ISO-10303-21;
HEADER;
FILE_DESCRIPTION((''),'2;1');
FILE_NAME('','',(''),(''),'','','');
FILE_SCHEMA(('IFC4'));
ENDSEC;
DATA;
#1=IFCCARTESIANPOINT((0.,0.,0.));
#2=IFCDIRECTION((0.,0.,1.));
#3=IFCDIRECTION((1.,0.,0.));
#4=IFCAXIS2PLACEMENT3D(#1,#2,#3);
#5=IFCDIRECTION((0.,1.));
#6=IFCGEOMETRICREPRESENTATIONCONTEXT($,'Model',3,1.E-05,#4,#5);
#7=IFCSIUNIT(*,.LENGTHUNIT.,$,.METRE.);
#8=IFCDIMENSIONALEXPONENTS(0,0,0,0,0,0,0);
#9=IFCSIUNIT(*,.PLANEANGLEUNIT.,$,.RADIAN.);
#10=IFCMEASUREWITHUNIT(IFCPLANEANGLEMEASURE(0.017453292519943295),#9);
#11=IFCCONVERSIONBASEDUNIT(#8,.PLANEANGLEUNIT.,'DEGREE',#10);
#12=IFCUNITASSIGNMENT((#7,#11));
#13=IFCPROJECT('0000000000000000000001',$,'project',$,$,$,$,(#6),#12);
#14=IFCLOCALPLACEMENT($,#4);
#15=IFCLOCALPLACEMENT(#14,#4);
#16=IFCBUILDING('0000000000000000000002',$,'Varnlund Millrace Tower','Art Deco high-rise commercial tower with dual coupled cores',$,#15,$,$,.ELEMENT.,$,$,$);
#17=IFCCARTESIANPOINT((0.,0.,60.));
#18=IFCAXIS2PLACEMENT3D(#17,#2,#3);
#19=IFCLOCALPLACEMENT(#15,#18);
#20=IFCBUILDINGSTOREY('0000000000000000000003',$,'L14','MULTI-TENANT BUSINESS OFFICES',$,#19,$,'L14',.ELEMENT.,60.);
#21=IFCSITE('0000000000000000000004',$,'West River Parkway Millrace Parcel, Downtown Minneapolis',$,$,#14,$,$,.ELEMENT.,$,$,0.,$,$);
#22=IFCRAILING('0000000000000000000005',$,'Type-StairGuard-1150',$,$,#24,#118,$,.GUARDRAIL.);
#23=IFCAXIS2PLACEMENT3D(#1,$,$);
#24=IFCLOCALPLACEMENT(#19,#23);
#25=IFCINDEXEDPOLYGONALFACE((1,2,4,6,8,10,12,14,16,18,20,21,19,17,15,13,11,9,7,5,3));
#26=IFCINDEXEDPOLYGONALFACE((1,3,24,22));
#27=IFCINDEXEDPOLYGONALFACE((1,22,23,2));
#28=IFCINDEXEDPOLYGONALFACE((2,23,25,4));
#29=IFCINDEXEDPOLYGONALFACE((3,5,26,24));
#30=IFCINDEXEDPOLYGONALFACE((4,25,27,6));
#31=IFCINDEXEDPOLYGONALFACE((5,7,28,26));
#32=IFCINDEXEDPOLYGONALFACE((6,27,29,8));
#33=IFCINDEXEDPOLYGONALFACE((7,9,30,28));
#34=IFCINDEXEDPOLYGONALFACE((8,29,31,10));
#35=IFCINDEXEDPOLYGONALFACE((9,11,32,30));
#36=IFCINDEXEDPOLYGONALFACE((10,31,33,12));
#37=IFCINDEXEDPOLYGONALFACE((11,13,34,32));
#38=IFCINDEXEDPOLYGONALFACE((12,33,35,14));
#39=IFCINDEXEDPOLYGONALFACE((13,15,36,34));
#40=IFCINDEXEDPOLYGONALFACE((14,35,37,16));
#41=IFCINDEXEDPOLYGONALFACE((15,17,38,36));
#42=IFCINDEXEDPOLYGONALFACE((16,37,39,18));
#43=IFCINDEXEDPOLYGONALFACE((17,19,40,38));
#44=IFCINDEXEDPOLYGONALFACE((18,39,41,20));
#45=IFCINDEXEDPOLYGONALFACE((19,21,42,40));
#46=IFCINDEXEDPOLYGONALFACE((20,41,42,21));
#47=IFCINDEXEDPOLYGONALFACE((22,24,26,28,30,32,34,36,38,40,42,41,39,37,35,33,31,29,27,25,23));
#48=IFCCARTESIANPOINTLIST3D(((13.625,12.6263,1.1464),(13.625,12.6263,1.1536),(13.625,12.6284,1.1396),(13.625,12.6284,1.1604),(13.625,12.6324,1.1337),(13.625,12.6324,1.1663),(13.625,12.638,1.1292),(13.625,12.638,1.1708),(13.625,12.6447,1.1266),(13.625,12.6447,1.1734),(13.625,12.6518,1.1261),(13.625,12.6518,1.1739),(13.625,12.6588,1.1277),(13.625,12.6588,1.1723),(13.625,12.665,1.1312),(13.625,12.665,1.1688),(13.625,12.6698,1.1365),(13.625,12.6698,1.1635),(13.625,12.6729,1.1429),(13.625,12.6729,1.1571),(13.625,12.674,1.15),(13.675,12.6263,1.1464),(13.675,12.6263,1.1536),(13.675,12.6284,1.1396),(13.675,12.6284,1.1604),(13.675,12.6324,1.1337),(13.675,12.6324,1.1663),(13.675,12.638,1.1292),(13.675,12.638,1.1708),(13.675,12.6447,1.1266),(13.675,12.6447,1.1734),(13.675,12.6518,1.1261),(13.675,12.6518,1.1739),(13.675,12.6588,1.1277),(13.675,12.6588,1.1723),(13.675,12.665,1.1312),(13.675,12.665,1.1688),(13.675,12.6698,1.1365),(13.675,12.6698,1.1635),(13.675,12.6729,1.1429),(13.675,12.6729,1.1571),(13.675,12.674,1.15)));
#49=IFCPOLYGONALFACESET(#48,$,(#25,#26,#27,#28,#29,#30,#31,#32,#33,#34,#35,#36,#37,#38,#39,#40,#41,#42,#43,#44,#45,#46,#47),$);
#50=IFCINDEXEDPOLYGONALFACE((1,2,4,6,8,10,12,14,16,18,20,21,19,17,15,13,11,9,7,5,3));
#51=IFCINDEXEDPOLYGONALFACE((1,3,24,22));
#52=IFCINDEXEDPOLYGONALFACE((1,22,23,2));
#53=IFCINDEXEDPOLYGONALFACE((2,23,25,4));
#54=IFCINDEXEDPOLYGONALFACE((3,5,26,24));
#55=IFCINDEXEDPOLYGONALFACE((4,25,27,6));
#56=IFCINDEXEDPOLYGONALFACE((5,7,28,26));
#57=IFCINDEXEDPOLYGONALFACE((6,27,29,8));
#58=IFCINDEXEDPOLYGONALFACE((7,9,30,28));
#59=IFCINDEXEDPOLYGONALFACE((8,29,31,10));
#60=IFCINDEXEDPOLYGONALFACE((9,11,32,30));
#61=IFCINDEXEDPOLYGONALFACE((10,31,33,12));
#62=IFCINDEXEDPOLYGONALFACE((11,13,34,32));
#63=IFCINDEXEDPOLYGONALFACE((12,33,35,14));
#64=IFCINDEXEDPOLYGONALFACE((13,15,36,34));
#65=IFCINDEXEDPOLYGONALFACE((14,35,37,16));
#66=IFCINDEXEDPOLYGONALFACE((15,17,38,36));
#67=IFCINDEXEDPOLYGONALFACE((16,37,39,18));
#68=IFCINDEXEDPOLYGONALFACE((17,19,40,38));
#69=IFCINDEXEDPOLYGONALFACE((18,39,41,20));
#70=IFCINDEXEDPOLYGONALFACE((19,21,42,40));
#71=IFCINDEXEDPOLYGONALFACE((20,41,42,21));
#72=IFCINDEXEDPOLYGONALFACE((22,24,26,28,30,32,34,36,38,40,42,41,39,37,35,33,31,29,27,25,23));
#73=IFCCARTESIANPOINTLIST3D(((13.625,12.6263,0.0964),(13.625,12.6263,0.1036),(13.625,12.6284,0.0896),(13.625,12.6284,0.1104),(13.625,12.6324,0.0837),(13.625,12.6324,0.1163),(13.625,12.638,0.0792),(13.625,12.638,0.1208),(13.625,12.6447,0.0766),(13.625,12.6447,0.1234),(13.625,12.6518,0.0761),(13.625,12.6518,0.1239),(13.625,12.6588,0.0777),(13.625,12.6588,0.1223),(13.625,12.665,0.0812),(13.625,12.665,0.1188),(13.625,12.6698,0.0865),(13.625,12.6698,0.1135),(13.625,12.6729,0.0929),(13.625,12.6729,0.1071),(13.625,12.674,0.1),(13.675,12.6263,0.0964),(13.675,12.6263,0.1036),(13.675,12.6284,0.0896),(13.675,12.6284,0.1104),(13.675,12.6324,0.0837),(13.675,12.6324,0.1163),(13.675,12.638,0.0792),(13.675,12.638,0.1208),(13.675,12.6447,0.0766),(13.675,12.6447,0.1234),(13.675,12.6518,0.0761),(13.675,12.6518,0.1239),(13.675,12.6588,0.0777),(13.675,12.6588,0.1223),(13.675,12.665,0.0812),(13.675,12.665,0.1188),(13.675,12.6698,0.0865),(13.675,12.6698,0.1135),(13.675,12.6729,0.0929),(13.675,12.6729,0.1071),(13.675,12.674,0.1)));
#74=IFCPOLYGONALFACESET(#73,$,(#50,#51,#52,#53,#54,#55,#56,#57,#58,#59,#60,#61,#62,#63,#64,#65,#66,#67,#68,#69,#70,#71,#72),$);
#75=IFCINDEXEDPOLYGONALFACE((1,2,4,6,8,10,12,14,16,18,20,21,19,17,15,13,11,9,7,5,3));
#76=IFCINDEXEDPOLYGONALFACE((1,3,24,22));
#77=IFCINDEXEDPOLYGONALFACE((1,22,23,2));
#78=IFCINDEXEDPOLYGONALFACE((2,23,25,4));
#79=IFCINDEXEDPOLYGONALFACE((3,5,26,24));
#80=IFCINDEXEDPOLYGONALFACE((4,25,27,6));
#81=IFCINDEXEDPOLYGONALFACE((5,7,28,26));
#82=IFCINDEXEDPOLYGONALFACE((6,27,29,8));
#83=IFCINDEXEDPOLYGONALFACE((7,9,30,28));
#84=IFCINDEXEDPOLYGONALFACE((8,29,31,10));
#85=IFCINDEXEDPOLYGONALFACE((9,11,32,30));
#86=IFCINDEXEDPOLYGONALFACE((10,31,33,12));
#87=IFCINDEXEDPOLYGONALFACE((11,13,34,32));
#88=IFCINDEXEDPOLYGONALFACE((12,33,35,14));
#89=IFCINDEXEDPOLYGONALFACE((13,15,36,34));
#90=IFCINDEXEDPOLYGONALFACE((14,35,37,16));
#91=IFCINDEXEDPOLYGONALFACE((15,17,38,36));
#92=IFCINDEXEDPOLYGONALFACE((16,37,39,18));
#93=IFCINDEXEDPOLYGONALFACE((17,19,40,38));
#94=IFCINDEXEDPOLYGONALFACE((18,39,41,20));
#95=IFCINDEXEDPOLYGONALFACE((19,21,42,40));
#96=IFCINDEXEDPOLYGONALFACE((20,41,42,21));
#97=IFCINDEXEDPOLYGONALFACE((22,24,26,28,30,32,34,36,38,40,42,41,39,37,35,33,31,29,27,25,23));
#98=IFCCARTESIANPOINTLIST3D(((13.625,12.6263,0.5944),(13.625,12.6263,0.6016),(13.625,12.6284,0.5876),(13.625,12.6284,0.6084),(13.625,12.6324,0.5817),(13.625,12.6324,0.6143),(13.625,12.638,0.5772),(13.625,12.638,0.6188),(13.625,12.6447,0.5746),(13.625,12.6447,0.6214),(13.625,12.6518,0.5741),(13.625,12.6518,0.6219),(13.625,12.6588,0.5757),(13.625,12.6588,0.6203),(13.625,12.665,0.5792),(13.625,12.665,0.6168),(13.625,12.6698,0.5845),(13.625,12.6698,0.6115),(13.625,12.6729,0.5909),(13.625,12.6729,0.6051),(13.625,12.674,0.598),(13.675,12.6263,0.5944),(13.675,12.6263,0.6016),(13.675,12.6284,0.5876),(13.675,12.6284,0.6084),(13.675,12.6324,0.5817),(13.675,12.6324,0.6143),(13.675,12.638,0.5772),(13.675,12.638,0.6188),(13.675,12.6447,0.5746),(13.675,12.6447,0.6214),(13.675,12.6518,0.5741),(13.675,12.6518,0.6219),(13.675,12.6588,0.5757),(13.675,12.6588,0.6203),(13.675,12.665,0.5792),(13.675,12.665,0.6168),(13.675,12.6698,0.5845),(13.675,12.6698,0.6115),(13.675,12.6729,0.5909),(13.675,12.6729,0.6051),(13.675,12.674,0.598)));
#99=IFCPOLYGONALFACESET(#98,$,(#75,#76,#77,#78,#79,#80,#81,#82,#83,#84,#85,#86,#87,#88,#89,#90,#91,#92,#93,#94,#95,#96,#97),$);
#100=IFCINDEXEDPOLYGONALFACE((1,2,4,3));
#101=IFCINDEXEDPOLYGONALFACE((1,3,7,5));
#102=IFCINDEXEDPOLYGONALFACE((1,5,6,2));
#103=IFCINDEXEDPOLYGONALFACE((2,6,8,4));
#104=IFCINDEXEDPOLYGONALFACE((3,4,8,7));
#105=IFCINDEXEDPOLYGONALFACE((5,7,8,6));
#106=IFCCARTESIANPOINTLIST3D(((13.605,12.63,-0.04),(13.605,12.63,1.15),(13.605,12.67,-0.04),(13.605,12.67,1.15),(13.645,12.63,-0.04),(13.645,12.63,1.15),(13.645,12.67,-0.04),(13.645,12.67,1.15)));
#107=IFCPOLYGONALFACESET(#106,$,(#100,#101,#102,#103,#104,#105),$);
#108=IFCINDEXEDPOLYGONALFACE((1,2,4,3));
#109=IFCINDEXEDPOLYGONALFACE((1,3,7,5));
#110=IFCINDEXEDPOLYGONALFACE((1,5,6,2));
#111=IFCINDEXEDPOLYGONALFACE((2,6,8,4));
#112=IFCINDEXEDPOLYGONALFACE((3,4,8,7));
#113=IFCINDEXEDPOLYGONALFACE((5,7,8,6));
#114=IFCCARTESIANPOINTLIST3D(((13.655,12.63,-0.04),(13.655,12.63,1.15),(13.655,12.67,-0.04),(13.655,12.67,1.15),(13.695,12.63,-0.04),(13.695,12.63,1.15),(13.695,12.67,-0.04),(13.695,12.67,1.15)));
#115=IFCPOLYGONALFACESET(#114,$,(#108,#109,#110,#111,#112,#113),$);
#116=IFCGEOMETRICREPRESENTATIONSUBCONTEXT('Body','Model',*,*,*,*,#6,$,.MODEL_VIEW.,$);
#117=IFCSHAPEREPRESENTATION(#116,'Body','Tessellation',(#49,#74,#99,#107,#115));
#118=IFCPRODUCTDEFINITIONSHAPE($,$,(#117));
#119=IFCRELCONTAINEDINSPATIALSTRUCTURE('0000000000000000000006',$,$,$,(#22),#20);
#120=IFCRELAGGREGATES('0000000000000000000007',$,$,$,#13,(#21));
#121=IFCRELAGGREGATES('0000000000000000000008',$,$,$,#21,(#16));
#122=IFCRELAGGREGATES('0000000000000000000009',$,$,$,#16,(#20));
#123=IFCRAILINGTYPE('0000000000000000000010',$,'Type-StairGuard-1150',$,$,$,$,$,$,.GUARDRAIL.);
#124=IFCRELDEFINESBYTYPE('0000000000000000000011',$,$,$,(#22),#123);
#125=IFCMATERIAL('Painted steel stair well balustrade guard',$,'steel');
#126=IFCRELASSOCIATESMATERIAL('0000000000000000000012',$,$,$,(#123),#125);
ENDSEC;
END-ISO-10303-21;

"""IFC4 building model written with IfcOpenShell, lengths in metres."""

from ifc_helpers import new_model, entity, si_unit, converted_unit, direction, frame, origin_with_axes, origin_2d_with_axis, place, context, subcontext, project, spatial, rectangle, circle, extrude, material, type_object, element, save


model = new_model("IFC4")

# Units and contexts
model_context = context("Model", 3, precision=1e-05, world=origin_with_axes(), true_north=direction((0.0, 1.0)))
body_context = subcontext(model_context, "Body", "Model", "MODEL_VIEW")
ifc_project = project(units=[si_unit("LENGTHUNIT", "METRE"), converted_unit("PLANEANGLEUNIT", "DEGREE", entity("IfcPlaneAngleMeasure", 0.017453292519943295), si_unit("PLANEANGLEUNIT", "RADIAN"), dimensions=[0, 0, 0, 0, 0, 0, 0])], contexts=[model_context])

# Site, building, storey
site_placement = place(None, origin_with_axes())
site = spatial("IfcSite", under=ifc_project, at=site_placement, Name="West River Parkway Millrace Parcel, Downtown Minneapolis", CompositionType="ELEMENT", RefElevation=0.0)
building_placement = place(site_placement, origin_with_axes())
building = spatial("IfcBuilding", under=site, at=building_placement, Name="Varnlund Millrace Tower", Description="Art Deco high-rise commercial tower with dual coupled cores", CompositionType="ELEMENT")
storey_placement = place(building_placement, frame((0.0, 0.0, 60.0), z_axis=(0.0, 0.0, 1.0), x_axis=(1.0, 0.0, 0.0)))
storey = spatial("IfcBuildingStorey", under=building, at=storey_placement, Name="L14", Description="MULTI-TENANT BUSINESS OFFICES", LongName="L14", CompositionType="ELEMENT", Elevation=60.0)

# Railing
ifc_material_1 = material(Name="Painted steel stair well balustrade guard", Category="steel")
railing_type_1 = type_object("IfcRailingType", Name="Type-StairGuard-1150", PredefinedType="GUARDRAIL", material=ifc_material_1)
railing_1_placement = place(storey_placement, frame((0.0, 0.0, -60.0), z_axis=(0.0, 0.0, 1.0), x_axis=(1.0, 0.0, 0.0)))
element("IfcRailing", 1, at=railing_1_placement, inside=storey, type_object=railing_type_1, Name="Type-StairGuard-1150", PredefinedType="GUARDRAIL", context=body_context, shape_type="SweptSolid", body=[
    extrude(circle(Radius=0.024, at=origin_2d_with_axis()), frame((13.625, 12.65, 61.15), z_axis=(1.0, 0.0, 0.0), x_axis=(0.0, 1.0, 0.0)), (0.0, 0.0, 1.0), 0.05),
    extrude(circle(Radius=0.024, at=origin_2d_with_axis()), frame((13.625, 12.65, 60.1), z_axis=(1.0, 0.0, 0.0), x_axis=(0.0, 1.0, 0.0)), (0.0, 0.0, 1.0), 0.05),
    extrude(circle(Radius=0.024, at=origin_2d_with_axis()), frame((13.625, 12.65, 60.598), z_axis=(1.0, 0.0, 0.0), x_axis=(0.0, 1.0, 0.0)), (0.0, 0.0, 1.0), 0.05),
    extrude(rectangle(XDim=0.04, YDim=0.04, at=origin_2d_with_axis()), frame((13.625, 12.65, 59.96), z_axis=(0.0, 0.0, 1.0), x_axis=(1.0, 0.0, 0.0)), (0.0, 0.0, 1.0), 1.19),
    extrude(rectangle(XDim=0.04, YDim=0.04, at=origin_2d_with_axis()), frame((13.675, 12.65, 59.96), z_axis=(0.0, 0.0, 1.0), x_axis=(1.0, 0.0, 0.0)), (0.0, 0.0, 1.0), 1.19),
])

save(model, "model.ifc")
